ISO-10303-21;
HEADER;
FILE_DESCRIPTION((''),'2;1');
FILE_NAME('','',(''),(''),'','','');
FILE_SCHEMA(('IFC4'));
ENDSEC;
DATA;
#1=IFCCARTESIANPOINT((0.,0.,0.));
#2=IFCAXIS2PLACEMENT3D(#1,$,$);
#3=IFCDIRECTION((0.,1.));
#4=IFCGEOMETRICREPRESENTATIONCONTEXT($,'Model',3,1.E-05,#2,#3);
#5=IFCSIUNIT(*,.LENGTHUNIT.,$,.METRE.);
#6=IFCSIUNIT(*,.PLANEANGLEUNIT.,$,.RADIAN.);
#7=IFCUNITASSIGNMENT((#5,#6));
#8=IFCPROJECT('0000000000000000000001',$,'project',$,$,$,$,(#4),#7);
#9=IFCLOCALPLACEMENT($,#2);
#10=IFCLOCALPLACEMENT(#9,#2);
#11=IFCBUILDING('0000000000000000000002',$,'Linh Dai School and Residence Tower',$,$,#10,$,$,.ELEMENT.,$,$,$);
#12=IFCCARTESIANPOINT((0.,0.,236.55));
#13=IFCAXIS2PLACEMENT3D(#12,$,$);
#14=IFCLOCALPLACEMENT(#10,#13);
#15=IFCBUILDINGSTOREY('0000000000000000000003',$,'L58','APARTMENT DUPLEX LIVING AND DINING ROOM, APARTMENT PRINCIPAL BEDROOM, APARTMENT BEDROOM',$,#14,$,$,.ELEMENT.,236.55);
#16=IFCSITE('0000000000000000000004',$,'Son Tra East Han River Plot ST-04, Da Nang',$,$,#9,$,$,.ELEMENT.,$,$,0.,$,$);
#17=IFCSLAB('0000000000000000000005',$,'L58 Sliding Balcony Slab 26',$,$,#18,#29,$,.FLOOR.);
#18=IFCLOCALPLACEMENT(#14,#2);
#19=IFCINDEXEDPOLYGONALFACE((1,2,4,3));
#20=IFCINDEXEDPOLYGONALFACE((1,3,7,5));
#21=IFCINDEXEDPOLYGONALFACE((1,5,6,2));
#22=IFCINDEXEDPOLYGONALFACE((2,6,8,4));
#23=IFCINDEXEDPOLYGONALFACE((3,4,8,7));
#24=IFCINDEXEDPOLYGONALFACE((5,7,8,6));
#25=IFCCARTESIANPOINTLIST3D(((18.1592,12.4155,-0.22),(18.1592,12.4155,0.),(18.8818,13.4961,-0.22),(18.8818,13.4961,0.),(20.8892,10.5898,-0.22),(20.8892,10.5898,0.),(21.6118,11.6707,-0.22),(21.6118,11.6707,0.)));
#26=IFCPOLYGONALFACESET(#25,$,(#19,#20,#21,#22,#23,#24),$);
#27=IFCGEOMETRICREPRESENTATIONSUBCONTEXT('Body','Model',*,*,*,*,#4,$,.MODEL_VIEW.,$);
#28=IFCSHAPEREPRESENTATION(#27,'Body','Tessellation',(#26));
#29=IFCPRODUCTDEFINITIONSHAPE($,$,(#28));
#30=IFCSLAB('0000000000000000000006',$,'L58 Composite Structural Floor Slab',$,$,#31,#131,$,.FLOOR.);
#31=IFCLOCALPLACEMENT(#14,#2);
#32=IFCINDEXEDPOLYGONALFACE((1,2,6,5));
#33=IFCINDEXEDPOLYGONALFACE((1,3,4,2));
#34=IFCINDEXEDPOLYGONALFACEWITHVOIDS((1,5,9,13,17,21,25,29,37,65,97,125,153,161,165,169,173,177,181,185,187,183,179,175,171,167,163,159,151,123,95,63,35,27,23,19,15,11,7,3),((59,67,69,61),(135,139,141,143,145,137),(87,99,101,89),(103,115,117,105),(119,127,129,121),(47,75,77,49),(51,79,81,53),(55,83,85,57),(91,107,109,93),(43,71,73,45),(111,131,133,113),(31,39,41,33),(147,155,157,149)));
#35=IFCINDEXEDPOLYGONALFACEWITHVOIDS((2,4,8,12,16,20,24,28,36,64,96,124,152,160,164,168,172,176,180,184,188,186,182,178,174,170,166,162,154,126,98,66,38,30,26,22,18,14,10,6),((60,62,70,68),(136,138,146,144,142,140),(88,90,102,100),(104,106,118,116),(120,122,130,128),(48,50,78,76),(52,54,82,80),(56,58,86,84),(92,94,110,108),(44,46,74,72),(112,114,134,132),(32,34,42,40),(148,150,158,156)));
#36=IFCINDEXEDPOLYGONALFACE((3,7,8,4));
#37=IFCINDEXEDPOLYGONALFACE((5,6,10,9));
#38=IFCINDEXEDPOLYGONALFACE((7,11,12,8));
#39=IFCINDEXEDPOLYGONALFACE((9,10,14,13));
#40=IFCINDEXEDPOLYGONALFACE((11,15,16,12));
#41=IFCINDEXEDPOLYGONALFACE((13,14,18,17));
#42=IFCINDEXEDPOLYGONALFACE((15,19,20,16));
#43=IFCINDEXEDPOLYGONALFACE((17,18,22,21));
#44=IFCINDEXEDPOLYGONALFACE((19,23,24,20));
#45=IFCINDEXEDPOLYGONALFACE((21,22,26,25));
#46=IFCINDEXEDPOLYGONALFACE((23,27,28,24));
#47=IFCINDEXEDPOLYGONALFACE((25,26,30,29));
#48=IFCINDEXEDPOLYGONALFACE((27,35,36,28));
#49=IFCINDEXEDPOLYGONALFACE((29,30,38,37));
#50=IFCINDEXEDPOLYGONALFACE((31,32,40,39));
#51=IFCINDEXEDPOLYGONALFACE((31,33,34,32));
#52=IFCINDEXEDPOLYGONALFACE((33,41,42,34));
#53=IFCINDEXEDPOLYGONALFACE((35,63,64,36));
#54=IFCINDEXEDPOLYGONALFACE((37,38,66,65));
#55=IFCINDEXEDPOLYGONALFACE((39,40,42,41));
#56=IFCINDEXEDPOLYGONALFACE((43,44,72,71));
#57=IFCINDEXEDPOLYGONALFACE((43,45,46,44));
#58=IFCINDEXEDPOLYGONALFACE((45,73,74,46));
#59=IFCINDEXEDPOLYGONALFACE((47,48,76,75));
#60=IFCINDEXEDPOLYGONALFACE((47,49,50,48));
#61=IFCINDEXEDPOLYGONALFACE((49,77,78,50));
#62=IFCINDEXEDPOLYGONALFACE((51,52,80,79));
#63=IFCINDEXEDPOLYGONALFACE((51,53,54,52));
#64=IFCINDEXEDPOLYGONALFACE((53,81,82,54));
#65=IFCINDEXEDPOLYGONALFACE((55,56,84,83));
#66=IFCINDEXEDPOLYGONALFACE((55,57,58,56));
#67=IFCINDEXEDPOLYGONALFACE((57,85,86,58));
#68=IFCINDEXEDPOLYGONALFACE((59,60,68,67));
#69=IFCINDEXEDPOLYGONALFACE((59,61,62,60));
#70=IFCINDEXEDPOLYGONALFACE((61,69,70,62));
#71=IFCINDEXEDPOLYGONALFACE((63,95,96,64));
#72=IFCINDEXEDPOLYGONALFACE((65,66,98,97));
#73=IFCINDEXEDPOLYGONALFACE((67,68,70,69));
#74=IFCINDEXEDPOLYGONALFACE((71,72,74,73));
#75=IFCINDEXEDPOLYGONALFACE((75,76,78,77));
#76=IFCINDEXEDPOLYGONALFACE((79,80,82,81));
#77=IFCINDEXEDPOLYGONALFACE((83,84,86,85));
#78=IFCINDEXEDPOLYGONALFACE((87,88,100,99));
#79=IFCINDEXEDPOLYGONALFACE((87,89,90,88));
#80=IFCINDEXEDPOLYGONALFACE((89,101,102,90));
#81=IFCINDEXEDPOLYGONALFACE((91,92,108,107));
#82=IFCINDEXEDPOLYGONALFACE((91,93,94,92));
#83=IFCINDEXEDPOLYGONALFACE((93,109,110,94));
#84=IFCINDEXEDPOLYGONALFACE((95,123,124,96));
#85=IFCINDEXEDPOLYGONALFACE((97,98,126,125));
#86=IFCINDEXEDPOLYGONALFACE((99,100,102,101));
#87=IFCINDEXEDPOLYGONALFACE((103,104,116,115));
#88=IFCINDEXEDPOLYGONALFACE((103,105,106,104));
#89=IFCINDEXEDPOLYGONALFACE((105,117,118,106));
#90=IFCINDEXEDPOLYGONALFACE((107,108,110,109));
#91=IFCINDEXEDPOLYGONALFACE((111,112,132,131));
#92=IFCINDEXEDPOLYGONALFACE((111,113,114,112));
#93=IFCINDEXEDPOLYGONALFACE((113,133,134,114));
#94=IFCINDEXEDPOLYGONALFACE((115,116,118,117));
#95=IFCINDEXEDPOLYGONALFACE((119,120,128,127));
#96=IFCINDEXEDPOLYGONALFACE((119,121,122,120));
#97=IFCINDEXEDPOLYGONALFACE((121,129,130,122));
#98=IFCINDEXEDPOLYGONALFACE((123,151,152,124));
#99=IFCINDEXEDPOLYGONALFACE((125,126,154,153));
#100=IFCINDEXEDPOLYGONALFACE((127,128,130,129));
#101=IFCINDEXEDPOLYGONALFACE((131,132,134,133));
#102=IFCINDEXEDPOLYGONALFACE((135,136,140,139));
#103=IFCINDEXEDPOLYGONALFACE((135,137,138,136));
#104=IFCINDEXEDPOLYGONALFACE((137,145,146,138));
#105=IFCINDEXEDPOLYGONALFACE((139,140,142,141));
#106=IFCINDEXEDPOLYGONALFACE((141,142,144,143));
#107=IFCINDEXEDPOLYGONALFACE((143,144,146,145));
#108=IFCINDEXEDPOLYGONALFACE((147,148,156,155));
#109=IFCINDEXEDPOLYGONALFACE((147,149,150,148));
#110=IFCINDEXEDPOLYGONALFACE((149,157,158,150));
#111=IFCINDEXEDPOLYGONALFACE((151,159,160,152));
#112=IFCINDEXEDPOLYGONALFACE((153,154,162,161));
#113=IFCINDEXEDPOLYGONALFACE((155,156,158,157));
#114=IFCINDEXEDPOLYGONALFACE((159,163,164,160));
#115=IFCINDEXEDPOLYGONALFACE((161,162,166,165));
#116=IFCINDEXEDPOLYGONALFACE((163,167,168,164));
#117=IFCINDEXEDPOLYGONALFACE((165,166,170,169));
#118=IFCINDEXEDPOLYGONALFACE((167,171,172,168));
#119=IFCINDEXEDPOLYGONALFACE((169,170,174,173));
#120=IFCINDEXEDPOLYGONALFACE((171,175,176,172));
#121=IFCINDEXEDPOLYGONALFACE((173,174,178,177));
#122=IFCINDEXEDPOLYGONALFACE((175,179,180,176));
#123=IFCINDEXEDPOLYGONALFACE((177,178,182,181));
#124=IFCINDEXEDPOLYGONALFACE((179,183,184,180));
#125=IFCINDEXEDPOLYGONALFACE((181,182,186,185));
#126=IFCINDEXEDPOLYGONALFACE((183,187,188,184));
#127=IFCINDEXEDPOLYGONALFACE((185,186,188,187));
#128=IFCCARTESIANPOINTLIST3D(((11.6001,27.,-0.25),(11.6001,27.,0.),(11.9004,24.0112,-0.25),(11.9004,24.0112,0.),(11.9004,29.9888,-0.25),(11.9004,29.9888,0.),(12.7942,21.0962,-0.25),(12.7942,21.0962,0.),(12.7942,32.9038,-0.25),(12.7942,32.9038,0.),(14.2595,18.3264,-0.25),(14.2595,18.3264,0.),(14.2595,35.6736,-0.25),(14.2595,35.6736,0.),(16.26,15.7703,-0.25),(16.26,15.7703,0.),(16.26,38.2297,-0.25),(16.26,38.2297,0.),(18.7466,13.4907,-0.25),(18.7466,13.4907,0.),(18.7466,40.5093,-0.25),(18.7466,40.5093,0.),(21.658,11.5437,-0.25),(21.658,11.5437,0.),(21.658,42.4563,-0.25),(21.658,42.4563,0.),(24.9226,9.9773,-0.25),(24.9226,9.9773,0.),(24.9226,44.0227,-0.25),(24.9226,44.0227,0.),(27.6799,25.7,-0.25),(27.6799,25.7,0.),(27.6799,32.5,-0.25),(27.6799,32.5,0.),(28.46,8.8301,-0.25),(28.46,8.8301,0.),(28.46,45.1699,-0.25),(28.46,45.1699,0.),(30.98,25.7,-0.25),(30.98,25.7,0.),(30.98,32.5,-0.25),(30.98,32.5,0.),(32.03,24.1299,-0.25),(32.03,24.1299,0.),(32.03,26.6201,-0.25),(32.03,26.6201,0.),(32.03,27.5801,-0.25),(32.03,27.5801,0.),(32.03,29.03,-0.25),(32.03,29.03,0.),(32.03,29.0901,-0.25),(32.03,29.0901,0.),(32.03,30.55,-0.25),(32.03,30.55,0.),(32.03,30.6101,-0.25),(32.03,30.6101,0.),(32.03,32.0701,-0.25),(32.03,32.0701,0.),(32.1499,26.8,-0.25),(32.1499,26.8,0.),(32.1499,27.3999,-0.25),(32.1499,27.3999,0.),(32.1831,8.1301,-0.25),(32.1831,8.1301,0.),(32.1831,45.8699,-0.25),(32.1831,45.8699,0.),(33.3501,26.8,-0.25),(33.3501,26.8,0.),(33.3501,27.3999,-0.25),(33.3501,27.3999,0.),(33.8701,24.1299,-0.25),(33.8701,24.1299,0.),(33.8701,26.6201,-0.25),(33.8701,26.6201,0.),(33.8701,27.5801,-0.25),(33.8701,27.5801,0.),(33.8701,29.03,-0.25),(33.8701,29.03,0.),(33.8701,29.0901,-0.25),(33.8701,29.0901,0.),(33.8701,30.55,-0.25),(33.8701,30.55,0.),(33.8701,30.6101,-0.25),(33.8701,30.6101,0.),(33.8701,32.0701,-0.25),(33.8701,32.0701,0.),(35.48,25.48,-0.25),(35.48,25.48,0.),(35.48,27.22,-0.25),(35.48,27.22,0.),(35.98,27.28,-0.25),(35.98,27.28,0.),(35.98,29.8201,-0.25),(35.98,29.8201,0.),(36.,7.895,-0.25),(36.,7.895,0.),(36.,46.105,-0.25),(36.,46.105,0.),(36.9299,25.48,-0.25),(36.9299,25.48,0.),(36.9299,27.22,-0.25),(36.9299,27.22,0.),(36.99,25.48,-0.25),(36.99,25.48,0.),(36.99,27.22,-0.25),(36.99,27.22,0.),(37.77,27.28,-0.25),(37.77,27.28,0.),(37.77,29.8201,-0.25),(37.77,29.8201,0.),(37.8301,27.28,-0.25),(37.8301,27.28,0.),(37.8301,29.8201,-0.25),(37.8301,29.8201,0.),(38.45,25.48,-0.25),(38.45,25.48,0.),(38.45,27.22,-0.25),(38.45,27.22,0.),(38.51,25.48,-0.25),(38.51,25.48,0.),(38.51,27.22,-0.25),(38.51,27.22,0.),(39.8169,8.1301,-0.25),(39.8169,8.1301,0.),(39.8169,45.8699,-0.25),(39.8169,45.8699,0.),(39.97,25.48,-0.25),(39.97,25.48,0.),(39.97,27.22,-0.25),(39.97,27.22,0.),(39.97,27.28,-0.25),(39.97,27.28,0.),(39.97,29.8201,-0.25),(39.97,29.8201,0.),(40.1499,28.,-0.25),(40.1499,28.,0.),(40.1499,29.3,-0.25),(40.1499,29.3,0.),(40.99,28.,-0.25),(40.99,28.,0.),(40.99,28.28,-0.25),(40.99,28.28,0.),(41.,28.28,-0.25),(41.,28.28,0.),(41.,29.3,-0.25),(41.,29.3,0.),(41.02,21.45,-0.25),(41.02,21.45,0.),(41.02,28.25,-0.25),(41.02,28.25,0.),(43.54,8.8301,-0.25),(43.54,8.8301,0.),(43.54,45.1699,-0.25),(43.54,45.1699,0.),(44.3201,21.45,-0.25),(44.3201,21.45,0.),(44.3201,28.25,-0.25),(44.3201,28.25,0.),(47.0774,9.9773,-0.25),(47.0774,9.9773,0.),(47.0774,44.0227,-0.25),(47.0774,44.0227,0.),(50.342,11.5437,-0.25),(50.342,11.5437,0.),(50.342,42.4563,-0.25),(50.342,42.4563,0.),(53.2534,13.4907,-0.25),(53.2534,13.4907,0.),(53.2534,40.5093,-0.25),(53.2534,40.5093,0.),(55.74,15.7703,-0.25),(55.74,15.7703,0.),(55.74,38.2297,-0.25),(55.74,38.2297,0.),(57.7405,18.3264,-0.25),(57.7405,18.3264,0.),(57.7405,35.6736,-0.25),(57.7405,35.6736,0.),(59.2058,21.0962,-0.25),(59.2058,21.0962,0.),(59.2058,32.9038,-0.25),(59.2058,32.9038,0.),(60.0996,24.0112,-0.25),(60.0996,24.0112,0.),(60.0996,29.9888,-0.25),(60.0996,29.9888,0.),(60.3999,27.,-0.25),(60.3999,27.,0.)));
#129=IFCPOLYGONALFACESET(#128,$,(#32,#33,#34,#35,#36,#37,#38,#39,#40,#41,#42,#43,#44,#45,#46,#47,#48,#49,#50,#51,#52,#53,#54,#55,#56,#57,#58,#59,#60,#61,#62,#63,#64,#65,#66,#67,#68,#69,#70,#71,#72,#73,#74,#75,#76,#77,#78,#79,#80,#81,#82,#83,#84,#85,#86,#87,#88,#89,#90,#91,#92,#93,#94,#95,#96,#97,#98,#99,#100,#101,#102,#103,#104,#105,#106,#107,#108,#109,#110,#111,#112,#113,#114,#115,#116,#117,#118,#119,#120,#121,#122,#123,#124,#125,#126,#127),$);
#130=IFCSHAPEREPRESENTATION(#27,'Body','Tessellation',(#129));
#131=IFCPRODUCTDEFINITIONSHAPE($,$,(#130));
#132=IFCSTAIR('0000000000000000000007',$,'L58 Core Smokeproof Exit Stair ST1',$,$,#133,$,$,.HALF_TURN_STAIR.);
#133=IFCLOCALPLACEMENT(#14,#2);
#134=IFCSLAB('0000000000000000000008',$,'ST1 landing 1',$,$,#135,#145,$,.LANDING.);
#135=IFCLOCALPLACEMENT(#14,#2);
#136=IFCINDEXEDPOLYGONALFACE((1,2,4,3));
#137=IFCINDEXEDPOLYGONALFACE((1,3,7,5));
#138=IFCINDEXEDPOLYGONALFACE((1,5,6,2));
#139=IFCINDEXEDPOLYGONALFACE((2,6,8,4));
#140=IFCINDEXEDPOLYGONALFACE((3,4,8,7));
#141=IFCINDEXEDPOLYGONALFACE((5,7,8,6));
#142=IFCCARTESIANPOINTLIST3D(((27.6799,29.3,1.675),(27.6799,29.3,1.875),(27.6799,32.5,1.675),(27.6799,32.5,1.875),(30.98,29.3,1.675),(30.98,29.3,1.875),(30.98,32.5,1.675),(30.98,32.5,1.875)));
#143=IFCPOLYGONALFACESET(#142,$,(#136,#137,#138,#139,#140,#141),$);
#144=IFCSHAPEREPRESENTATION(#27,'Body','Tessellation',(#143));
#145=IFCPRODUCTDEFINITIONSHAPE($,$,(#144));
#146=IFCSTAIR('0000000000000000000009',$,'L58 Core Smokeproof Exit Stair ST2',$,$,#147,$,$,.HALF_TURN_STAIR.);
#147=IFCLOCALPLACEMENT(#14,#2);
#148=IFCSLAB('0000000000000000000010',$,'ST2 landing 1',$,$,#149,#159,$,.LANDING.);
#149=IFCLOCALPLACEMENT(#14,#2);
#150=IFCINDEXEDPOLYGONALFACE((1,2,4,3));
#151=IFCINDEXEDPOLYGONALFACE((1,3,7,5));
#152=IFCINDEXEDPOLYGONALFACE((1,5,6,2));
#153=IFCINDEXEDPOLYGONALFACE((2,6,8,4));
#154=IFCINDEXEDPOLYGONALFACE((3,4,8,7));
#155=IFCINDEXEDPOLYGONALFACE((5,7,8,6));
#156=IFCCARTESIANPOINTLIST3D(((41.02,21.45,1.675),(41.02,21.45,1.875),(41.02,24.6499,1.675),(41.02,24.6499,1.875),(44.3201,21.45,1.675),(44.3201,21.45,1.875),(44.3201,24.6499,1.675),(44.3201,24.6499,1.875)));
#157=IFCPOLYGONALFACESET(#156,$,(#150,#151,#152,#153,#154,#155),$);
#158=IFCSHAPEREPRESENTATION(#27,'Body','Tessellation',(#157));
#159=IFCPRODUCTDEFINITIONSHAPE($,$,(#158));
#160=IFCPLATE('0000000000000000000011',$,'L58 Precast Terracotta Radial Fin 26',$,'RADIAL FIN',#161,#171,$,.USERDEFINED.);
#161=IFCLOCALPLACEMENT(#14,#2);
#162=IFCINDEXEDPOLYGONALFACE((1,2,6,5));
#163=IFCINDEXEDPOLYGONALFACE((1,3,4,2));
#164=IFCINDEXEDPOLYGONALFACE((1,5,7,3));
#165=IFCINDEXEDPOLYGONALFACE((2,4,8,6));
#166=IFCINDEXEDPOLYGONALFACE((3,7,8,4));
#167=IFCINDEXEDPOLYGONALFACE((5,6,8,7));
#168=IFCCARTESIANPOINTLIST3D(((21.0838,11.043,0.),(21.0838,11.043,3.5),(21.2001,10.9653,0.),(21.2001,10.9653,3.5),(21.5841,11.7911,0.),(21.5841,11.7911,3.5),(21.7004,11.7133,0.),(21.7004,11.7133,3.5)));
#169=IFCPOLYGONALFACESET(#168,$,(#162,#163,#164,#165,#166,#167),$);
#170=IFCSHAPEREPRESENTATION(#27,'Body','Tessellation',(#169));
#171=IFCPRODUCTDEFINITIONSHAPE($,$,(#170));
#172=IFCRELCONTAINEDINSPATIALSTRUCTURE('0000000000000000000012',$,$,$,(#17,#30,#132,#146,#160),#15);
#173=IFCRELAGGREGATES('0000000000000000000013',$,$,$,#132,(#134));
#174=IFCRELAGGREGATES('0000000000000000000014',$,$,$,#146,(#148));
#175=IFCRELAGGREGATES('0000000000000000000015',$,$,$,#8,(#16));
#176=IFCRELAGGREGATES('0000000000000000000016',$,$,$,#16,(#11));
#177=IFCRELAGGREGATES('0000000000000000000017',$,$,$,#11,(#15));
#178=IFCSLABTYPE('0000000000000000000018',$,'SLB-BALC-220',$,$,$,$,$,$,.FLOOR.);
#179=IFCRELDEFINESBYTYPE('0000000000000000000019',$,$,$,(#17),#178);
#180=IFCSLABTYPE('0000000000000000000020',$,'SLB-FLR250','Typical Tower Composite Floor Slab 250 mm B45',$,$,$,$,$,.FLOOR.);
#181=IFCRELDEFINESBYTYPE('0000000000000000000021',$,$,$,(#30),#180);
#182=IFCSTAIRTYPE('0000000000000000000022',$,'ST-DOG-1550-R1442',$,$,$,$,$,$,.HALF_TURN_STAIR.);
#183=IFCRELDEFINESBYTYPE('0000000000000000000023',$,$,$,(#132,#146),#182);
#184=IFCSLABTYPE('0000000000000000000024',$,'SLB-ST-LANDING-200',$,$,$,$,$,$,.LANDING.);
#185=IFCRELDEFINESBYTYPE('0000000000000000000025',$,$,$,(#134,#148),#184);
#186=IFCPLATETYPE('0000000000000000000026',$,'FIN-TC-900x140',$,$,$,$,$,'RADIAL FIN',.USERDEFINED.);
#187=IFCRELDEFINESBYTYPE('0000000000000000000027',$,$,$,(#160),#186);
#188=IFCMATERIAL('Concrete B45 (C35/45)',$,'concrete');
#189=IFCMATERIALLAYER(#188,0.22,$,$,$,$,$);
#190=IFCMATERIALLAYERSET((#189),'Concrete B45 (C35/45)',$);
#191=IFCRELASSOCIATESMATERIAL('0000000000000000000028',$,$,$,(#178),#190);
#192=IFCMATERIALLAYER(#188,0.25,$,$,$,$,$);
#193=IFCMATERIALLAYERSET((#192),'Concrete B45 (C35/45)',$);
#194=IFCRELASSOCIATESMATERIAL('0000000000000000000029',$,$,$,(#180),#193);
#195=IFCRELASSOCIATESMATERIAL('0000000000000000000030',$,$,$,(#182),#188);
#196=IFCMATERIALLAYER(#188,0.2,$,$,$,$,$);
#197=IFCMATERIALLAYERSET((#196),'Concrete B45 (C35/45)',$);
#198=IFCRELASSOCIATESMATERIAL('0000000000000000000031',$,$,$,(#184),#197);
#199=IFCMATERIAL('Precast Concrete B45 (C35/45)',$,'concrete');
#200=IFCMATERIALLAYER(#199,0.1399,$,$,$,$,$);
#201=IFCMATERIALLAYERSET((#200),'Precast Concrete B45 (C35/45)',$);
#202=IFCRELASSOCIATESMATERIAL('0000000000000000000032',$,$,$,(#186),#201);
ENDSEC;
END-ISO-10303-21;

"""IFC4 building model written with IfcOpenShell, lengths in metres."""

from ifc_helpers import new_model, si_unit, direction, frame, origin, origin_2d, place, context, subcontext, project, spatial, polyline, rectangle, outline, extrude, source, transform, mapped, material, layer, layer_set, type_object, element, aggregate, save


model = new_model("IFC4")

# Units and contexts
model_context = context("Model", 3, precision=1e-05, world=origin(), true_north=direction((0.0, 1.0)))
body_context = subcontext(model_context, "Body", "Model", "MODEL_VIEW")
ifc_project = project(units=[si_unit("LENGTHUNIT", "METRE"), si_unit("PLANEANGLEUNIT", "RADIAN")], contexts=[model_context])

# Site, building, storey
site_placement = place(None, origin())
site = spatial("IfcSite", under=ifc_project, at=site_placement, Name="Son Tra East Han River Plot ST-04, Da Nang", CompositionType="ELEMENT", RefElevation=0.0)
building_placement = place(site_placement, origin())
building = spatial("IfcBuilding", under=site, at=building_placement, Name="Linh Dai School and Residence Tower", CompositionType="ELEMENT")
storey_placement = place(building_placement, frame((0.0, 0.0, 236.55)))
storey = spatial("IfcBuildingStorey", under=building, at=storey_placement, Name="L58", Description="APARTMENT DUPLEX LIVING AND DINING ROOM, APARTMENT PRINCIPAL BEDROOM, APARTMENT BEDROOM", CompositionType="ELEMENT", Elevation=236.55)

# Slabs
ifc_material_1 = material(Name="Concrete B45 (C35/45)", Category="concrete")
ifc_layer_1 = layer(ifc_material_1, 0.22)
ifc_layer_set_1 = layer_set([ifc_layer_1], Name="Concrete B45 (C35/45)")
slab_type_1 = type_object("IfcSlabType", Name="SLB-BALC-220", PredefinedType="FLOOR", material=ifc_layer_set_1)
slab_1_placement = place(storey_placement, frame((0.0, 0.0, -0.22)))
element("IfcSlab", 1, at=slab_1_placement, inside=storey, type_object=slab_type_1, Name="L58 Sliding Balcony Slab 26", PredefinedType="FLOOR", context=body_context, shape_type="SweptSolid", body=[
    extrude(outline(polyline([(21.6118, 11.6707), (18.8818, 13.4961), (18.1592, 12.4155), (20.8892, 10.5898), (21.6118, 11.6707)])), origin(), (0.0, 0.0, 1.0), 0.22),
])
ifc_layer_2 = layer(ifc_material_1, 0.25)
ifc_layer_set_2 = layer_set([ifc_layer_2], Name="Concrete B45 (C35/45)")
slab_type_2 = type_object("IfcSlabType", Name="SLB-FLR250", Description="Typical Tower Composite Floor Slab 250 mm B45", PredefinedType="FLOOR", material=ifc_layer_set_2)
slab_2_placement = place(storey_placement, frame((0.0, 0.0, -0.25)))
element("IfcSlab", 2, at=slab_2_placement, inside=storey, type_object=slab_type_2, Name="L58 Composite Structural Floor Slab", PredefinedType="FLOOR", context=body_context, shape_type="SweptSolid", body=[
    extrude(outline(polyline([(60.3999, 27.0), (60.0996, 29.9888), (59.2058, 32.9038), (57.7405, 35.6736), (55.74, 38.2297), (53.2534, 40.5093), (50.342, 42.4563), (47.0774, 44.0227), (43.54, 45.1699), (39.8169, 45.8699), (36.0, 46.105), (32.1831, 45.8699), (28.46, 45.1699), (24.9226, 44.0227), (21.658, 42.4563), (18.7466, 40.5093), (16.26, 38.2297), (14.2595, 35.6736), (12.7942, 32.9038), (11.9004, 29.9888), (11.6001, 27.0), (11.9004, 24.0112), (12.7942, 21.0962), (14.2595, 18.3264), (16.26, 15.7703), (18.7466, 13.4907), (21.658, 11.5437), (24.9226, 9.9773), (28.46, 8.8301), (32.1831, 8.1301), (36.0, 7.895), (39.8169, 8.1301), (43.54, 8.8301), (47.0774, 9.9773), (50.342, 11.5437), (53.2534, 13.4907), (55.74, 15.7703), (57.7405, 18.3264), (59.2058, 21.0962), (60.0996, 24.0112), (60.3999, 27.0)]), holes=[polyline([(30.98, 25.7), (30.98, 32.5), (27.6799, 32.5), (27.6799, 25.7), (30.98, 25.7)]), polyline([(41.02, 28.25), (41.02, 21.45), (44.3201, 21.45), (44.3201, 28.25), (41.02, 28.25)]), polyline([(35.98, 27.28), (37.77, 27.28), (37.77, 29.8201), (35.98, 29.8201), (35.98, 27.28)]), polyline([(32.03, 24.1299), (33.8701, 24.1299), (33.8701, 26.6201), (32.03, 26.6201), (32.03, 24.1299)]), polyline([(37.8301, 27.28), (39.97, 27.28), (39.97, 29.8201), (37.8301, 29.8201), (37.8301, 27.28)]), polyline([(32.03, 27.5801), (33.8701, 27.5801), (33.8701, 29.03), (32.03, 29.03), (32.03, 27.5801)]), polyline([(32.03, 29.0901), (33.8701, 29.0901), (33.8701, 30.55), (32.03, 30.55), (32.03, 29.0901)]), polyline([(32.03, 30.6101), (33.8701, 30.6101), (33.8701, 32.0701), (32.03, 32.0701), (32.03, 30.6101)]), polyline([(35.48, 25.48), (36.9299, 25.48), (36.9299, 27.22), (35.48, 27.22), (35.48, 25.48)]), polyline([(36.99, 25.48), (38.45, 25.48), (38.45, 27.22), (36.99, 27.22), (36.99, 25.48)]), polyline([(38.51, 25.48), (39.97, 25.48), (39.97, 27.22), (38.51, 27.22), (38.51, 25.48)]), polyline([(40.1499, 28.0), (40.1499, 29.3), (41.0, 29.3), (41.0, 28.28), (40.99, 28.28), (40.99, 28.0), (40.1499, 28.0)]), polyline([(32.1499, 26.8), (33.3501, 26.8), (33.3501, 27.3999), (32.1499, 27.3999), (32.1499, 26.8)])]), origin(), (0.0, 0.0, 1.0), 0.25),
])

# Stairs, slabs
stair_type = type_object("IfcStairType", Name="ST-DOG-1550-R1442", PredefinedType="HALF_TURN_STAIR", material=ifc_material_1)
stair_1_placement = place(storey_placement, origin())
stair_1 = element("IfcStair", 3, at=stair_1_placement, inside=storey, type_object=stair_type, Name="L58 Core Smokeproof Exit Stair ST1", PredefinedType="HALF_TURN_STAIR")
ifc_layer_3 = layer(ifc_material_1, 0.2)
ifc_layer_set_3 = layer_set([ifc_layer_3], Name="Concrete B45 (C35/45)")
slab_type_3 = type_object("IfcSlabType", Name="SLB-ST-LANDING-200", PredefinedType="LANDING", material=ifc_layer_set_3)
slab_3_placement = place(storey_placement, frame((0.0, 0.0, 1.675)))
slab_3 = element("IfcSlab", 4, at=slab_3_placement, type_object=slab_type_3, Name="ST1 landing 1", PredefinedType="LANDING", context=body_context, shape_type="SweptSolid", body=[
    extrude(outline(polyline([(30.98, 29.3), (30.98, 32.5), (27.6799, 32.5), (27.6799, 29.3), (30.98, 29.3)])), origin(), (0.0, 0.0, 1.0), 0.2),
])
aggregate(stair_1, [slab_3])
stair_2_placement = place(storey_placement, origin())
stair_2 = element("IfcStair", 5, at=stair_2_placement, inside=storey, type_object=stair_type, Name="L58 Core Smokeproof Exit Stair ST2", PredefinedType="HALF_TURN_STAIR")
slab_4_placement = place(storey_placement, frame((0.0, 0.0, 1.675)))
slab_4 = element("IfcSlab", 6, at=slab_4_placement, type_object=slab_type_3, Name="ST2 landing 1", PredefinedType="LANDING", context=body_context, shape_type="SweptSolid", body=[
    extrude(outline(polyline([(41.02, 24.6499), (41.02, 21.45), (44.3201, 21.45), (44.3201, 24.6499), (41.02, 24.6499)])), origin(), (0.0, 0.0, 1.0), 0.2),
])
aggregate(stair_2, [slab_4])

# Plate
ifc_material_2 = material(Name="Precast Concrete B45 (C35/45)", Category="concrete")
ifc_layer_4 = layer(ifc_material_2, 0.1399)
ifc_layer_set_4 = layer_set([ifc_layer_4], Name="Precast Concrete B45 (C35/45)")
plate_type = type_object("IfcPlateType", Name="FIN-TC-900x140", ElementType="RADIAL FIN", PredefinedType="USERDEFINED", material=ifc_layer_set_4)
shared_shape_1 = source(origin(), body_context, "Body", "SweptSolid", [
    extrude(rectangle(XDim=0.8999, YDim=0.1399, at=origin_2d()), origin(), (0.0, 0.0, 1.0), 3.5),
])
plate_placement = place(storey_placement, frame((21.3921, 11.3782, 0.0), z_axis=(0.0, 0.0, 1.0), x_axis=(-0.555887, -0.831258, 0.0)))
element("IfcPlate", 7, at=plate_placement, inside=storey, type_object=plate_type, Name="L58 Precast Terracotta Radial Fin 26", ObjectType="RADIAL FIN", PredefinedType="USERDEFINED", context=body_context, shape_type="MappedRepresentation", body=[
    mapped(shared_shape_1, transform((0.0, 0.0, 0.0), x_axis=(1.0, 0.0, 0.0), y_axis=(0.0, 1.0, 0.0), z_axis=(0.0, 0.0, 1.0), scale=1.0)),
])

save(model, "model.ifc")
